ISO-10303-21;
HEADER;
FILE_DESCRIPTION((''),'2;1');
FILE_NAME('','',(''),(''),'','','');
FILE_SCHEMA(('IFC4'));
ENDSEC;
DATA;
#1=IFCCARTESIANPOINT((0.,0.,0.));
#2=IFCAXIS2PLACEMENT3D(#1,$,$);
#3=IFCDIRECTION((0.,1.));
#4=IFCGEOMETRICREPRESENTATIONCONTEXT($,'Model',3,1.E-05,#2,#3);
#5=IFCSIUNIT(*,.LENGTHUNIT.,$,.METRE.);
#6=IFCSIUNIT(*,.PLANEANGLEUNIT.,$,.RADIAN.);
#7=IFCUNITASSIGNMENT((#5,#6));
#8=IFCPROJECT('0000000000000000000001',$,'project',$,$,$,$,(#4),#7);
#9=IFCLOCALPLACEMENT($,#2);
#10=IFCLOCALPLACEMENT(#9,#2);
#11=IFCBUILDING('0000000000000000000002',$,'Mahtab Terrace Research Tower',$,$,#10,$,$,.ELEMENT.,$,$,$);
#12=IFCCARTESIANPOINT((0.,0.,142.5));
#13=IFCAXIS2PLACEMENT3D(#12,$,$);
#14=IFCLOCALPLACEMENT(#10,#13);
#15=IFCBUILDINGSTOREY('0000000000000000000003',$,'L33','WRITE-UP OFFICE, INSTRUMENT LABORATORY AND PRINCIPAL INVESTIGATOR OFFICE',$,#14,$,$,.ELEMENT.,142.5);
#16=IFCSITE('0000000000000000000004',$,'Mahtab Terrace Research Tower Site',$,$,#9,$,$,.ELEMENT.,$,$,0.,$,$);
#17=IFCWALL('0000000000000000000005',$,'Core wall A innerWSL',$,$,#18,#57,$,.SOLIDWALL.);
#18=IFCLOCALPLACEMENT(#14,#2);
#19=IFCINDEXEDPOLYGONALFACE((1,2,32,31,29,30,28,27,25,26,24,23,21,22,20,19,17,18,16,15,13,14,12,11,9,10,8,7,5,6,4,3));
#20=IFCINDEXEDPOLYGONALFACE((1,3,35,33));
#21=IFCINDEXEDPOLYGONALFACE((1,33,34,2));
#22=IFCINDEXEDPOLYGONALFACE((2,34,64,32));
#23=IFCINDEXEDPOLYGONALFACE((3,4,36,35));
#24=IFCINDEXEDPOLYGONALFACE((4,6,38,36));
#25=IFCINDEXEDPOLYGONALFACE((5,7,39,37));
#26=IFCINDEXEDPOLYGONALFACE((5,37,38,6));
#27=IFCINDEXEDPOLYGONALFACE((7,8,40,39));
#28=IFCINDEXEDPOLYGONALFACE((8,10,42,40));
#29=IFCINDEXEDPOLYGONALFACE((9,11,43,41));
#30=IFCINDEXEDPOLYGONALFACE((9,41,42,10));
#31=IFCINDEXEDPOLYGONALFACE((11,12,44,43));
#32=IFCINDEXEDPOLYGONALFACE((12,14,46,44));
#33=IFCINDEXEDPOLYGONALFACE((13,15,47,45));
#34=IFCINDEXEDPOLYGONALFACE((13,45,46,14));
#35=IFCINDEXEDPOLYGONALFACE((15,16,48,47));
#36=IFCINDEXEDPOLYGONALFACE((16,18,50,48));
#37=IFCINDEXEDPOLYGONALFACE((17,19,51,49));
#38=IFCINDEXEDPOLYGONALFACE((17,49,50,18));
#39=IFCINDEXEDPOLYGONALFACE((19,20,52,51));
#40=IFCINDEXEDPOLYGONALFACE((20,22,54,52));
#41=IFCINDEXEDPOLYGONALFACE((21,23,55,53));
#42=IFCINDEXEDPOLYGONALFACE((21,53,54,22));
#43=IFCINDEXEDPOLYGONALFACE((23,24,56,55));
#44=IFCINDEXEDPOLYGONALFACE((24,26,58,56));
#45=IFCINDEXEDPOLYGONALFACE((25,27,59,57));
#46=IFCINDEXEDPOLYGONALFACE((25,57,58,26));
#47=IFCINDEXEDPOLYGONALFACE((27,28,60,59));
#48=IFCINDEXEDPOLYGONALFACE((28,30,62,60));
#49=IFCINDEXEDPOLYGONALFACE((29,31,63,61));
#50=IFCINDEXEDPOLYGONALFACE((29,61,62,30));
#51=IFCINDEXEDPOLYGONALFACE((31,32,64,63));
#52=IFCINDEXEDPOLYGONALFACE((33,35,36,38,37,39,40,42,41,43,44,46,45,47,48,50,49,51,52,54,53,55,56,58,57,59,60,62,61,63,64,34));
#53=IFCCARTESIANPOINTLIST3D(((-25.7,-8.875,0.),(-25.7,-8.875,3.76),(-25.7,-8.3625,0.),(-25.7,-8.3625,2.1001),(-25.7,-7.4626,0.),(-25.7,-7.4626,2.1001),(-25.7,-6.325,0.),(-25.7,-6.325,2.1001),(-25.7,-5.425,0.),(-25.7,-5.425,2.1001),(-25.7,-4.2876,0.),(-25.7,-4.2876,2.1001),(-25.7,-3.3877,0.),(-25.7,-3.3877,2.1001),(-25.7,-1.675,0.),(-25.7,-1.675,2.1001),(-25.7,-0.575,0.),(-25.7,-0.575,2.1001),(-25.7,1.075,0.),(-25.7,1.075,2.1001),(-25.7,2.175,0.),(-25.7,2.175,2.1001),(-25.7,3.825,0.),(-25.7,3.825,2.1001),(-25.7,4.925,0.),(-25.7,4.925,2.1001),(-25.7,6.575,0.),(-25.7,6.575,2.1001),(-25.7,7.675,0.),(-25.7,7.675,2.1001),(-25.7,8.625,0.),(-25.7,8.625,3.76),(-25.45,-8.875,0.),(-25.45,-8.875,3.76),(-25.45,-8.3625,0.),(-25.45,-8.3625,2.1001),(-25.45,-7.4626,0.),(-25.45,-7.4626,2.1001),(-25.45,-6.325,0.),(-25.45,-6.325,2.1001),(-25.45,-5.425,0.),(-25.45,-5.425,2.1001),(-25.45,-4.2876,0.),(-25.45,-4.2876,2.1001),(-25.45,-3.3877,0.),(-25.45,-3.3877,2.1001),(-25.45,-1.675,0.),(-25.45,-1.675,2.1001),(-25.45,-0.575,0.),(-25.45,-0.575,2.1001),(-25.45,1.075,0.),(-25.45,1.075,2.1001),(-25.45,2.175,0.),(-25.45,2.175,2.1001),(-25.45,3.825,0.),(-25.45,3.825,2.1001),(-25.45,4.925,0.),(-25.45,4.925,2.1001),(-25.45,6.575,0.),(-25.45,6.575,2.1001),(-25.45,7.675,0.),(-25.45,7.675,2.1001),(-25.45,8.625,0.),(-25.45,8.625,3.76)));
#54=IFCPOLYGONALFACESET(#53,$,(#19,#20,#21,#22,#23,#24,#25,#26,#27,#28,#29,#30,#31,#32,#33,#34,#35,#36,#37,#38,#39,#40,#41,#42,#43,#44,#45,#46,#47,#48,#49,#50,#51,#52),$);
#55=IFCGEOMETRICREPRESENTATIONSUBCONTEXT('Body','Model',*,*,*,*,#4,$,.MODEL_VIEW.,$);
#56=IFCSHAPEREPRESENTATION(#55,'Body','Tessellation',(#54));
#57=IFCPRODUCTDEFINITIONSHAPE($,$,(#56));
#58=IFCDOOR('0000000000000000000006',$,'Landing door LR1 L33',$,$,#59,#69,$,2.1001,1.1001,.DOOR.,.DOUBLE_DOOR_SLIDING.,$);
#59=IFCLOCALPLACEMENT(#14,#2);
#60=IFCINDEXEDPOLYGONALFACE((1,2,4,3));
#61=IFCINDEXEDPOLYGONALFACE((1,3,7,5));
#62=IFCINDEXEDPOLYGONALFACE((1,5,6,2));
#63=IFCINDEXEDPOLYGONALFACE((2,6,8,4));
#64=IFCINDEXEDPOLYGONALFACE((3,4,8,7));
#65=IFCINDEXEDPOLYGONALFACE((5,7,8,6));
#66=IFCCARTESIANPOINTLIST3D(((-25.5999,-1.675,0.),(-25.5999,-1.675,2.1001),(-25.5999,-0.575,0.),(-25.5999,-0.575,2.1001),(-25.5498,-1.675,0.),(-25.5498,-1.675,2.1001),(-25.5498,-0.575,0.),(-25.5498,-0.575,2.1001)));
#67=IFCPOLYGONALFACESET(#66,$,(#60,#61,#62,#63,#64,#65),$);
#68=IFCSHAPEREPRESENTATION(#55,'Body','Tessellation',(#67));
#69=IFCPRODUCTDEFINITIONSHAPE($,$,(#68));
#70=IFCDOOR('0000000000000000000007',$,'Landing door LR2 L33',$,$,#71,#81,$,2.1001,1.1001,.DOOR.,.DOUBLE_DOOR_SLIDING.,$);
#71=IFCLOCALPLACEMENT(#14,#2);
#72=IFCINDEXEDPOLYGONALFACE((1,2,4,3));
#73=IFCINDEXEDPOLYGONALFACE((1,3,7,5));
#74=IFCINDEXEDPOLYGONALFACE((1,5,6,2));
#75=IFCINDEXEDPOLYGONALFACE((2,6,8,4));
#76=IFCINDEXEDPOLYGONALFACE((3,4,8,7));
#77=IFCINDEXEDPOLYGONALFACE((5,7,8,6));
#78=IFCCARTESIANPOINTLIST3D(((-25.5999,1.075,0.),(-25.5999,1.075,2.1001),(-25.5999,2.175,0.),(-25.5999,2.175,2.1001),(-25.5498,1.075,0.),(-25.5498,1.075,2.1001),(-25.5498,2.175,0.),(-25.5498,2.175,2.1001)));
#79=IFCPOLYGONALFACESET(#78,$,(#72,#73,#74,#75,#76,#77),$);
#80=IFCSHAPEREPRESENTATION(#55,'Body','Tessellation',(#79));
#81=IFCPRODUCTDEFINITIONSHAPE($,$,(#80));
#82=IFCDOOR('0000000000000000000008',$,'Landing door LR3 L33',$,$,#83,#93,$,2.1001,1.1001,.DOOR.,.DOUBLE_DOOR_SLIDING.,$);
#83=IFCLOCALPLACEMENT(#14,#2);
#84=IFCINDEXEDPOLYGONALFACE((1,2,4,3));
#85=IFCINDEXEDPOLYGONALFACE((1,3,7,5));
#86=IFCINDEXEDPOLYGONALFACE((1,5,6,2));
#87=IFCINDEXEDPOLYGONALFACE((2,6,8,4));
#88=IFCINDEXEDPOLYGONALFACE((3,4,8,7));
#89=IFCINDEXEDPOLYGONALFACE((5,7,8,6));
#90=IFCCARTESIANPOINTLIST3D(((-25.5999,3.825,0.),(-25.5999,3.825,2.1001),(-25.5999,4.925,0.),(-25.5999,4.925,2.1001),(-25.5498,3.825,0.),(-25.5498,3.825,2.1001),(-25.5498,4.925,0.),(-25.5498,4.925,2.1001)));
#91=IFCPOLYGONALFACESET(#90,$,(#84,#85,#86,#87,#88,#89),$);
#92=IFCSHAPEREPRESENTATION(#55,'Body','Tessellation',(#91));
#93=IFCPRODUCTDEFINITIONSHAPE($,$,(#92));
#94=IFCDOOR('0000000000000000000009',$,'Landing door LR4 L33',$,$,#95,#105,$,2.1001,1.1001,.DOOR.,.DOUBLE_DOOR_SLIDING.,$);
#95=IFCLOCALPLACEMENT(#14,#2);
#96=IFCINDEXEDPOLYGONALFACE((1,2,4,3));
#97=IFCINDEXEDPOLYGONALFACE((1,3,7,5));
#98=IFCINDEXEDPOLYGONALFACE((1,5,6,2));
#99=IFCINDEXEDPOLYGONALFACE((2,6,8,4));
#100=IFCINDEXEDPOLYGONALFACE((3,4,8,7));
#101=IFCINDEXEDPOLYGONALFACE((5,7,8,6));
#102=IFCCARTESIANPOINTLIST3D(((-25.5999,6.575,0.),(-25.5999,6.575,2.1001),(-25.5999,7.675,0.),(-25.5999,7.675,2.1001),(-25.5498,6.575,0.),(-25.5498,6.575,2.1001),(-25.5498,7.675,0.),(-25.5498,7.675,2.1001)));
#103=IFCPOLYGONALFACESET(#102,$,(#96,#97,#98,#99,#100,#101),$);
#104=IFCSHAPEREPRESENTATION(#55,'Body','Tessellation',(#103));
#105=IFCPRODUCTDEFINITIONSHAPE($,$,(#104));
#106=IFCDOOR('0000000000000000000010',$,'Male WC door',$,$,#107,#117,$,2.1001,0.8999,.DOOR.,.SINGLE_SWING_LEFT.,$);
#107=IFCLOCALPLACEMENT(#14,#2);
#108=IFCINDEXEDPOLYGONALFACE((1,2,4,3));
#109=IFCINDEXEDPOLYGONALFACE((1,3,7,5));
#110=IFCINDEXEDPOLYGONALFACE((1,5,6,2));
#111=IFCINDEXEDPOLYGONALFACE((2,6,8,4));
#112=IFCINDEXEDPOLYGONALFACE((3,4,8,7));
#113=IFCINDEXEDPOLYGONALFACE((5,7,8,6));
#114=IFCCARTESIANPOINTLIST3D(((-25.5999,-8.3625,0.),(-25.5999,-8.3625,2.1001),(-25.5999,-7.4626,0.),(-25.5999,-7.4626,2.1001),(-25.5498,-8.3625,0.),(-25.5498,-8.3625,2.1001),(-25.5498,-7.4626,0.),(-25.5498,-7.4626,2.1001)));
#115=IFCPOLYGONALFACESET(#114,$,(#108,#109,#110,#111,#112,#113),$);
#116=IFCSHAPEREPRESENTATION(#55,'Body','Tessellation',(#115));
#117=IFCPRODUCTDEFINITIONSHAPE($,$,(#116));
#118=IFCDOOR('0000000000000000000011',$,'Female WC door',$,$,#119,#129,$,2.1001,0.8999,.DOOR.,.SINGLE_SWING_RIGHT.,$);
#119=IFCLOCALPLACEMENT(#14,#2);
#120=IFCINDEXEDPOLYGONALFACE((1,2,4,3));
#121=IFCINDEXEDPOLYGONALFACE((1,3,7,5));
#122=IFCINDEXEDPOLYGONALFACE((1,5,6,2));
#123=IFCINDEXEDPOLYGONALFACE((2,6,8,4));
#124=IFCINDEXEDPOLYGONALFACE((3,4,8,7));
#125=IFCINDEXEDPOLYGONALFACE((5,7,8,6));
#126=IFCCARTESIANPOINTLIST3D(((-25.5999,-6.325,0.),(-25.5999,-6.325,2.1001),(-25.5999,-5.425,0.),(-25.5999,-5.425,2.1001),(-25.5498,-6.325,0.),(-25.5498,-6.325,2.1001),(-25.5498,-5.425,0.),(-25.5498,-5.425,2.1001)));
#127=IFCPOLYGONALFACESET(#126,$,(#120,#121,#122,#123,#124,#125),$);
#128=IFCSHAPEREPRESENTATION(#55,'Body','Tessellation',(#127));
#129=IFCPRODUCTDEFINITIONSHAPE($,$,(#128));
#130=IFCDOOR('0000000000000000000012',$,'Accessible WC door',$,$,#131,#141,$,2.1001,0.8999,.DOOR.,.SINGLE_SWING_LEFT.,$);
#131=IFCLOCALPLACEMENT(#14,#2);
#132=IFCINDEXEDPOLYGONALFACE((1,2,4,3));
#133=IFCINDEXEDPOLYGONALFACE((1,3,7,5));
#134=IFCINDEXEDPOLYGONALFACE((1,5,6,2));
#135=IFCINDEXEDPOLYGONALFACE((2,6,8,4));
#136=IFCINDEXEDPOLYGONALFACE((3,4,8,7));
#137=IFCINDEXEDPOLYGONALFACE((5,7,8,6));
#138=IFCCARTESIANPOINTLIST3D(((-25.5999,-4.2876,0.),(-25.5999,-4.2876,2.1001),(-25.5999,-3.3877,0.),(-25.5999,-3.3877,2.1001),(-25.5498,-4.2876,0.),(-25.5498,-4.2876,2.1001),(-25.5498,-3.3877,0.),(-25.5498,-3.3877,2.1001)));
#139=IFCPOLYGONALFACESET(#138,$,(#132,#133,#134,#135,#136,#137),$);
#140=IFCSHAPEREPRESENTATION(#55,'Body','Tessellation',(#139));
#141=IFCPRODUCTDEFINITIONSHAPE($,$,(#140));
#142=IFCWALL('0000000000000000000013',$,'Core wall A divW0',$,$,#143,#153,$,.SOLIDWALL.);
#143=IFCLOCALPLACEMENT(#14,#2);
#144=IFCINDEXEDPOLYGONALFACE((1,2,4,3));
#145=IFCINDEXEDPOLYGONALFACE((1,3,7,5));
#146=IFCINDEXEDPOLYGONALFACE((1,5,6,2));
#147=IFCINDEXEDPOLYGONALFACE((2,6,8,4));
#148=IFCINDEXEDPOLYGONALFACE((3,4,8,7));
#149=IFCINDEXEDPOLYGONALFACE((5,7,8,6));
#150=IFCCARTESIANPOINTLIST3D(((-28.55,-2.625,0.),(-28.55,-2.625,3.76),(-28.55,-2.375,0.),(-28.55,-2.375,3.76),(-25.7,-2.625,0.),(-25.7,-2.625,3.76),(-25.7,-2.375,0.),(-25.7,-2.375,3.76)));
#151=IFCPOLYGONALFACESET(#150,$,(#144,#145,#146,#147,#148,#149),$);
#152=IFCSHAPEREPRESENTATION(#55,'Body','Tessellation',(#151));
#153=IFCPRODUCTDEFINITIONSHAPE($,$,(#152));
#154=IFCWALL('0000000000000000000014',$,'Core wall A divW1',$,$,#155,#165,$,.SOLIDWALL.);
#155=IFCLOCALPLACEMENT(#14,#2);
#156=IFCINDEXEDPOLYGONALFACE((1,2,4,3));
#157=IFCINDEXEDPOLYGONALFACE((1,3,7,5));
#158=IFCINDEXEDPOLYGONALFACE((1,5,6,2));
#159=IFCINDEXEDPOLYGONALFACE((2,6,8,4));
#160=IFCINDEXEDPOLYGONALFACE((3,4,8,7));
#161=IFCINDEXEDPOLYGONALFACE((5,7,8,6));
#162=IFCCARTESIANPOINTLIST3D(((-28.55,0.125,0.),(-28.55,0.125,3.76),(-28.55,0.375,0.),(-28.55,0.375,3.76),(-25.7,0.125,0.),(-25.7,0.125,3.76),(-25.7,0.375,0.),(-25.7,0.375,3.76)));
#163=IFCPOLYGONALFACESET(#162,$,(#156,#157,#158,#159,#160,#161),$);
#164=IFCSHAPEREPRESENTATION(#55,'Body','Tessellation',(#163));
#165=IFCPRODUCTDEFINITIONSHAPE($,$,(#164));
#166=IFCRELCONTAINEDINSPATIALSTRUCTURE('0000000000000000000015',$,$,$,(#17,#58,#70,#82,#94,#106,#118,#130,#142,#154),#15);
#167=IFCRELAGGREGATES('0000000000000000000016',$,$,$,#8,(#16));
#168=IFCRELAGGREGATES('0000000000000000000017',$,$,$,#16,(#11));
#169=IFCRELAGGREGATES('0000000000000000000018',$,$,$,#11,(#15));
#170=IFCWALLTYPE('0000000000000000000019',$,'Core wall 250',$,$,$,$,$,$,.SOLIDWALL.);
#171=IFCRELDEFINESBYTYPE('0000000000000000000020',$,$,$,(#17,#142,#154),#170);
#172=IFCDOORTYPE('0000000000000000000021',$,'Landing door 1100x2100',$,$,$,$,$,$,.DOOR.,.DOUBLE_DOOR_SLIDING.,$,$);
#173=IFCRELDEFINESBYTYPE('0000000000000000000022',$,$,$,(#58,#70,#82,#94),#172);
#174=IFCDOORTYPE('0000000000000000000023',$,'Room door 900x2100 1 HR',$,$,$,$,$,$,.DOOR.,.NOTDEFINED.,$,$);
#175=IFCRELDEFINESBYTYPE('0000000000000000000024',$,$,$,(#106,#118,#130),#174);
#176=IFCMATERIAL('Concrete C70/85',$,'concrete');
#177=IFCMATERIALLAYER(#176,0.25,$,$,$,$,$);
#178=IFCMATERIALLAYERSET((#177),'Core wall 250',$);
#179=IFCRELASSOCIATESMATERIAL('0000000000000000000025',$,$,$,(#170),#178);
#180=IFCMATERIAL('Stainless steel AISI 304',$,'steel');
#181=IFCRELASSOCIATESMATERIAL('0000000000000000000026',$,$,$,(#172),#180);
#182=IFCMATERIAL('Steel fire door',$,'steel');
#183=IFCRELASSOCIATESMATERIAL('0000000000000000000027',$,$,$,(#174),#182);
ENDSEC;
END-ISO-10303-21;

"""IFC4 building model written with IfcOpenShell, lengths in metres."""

from ifc_helpers import new_model, si_unit, direction, frame, frame_2d, origin, place, context, subcontext, project, spatial, rectangle, extrude, material, layer, layer_set, type_object, element, fill, save


model = new_model("IFC4")

# Units and contexts
model_context = context("Model", 3, precision=1e-05, world=origin(), true_north=direction((0.0, 1.0)))
body_context = subcontext(model_context, "Body", "Model", "MODEL_VIEW")
ifc_project = project(units=[si_unit("LENGTHUNIT", "METRE"), si_unit("PLANEANGLEUNIT", "RADIAN")], contexts=[model_context])

# Site, building, storey
site_placement = place(None, origin())
site = spatial("IfcSite", under=ifc_project, at=site_placement, Name="Mahtab Terrace Research Tower Site", CompositionType="ELEMENT", RefElevation=0.0)
building_placement = place(site_placement, origin())
building = spatial("IfcBuilding", under=site, at=building_placement, Name="Mahtab Terrace Research Tower", CompositionType="ELEMENT")
storey_placement = place(building_placement, frame((0.0, 0.0, 142.5)))
storey = spatial("IfcBuildingStorey", under=building, at=storey_placement, Name="L33", Description="WRITE-UP OFFICE, INSTRUMENT LABORATORY AND PRINCIPAL INVESTIGATOR OFFICE", CompositionType="ELEMENT", Elevation=142.5)

# Shared definitions
ifc_material_1 = material(Name="Concrete C70/85", Category="concrete")

# Shared definitions
ifc_layer_1 = layer(ifc_material_1, 0.25)
ifc_layer_set_1 = layer_set([ifc_layer_1], Name="Core wall 250")
wall_type_1 = type_object("IfcWallType", Name="Core wall 250", PredefinedType="SOLIDWALL", material=ifc_layer_set_1)

# Shared definitions
ifc_material_2 = material(Name="Steel fire door", Category="steel")

# Wall, openings, doors
wall_1_placement = place(storey_placement, frame((-25.575, -8.875, 0.0), z_axis=(0.0, 0.0, 1.0), x_axis=(0.0, 1.0, 0.0)))
wall_1 = element("IfcWall", 1, at=wall_1_placement, inside=storey, type_object=wall_type_1, Name="Core wall A innerWSL", PredefinedType="SOLIDWALL", context=body_context, shape_type="SweptSolid", body=[
    extrude(rectangle(XDim=17.5, YDim=0.25, at=frame_2d((8.75, 0.0))), origin(), (0.0, 0.0, 1.0), 3.76),
])
opening_1_placement = place(wall_1_placement, frame((7.2, 0.0, 0.0)))
opening_1 = element("IfcOpeningElement", 2, at=opening_1_placement, cuts=wall_1, PredefinedType="OPENING", context=body_context, shape_type="SweptSolid", body=[
    extrude(rectangle(XDim=1.1001, YDim=2.1001, at=frame_2d((0.55, 1.05))), frame((0.0, 0.135, 0.0), z_axis=(0.0, -1.0, 0.0), x_axis=(1.0, 0.0, 0.0)), (0.0, 0.0, 1.0), 0.27),
])
opening_2_placement = place(wall_1_placement, frame((9.95, 0.0, 0.0)))
opening_2 = element("IfcOpeningElement", 3, at=opening_2_placement, cuts=wall_1, PredefinedType="OPENING", context=body_context, shape_type="SweptSolid", body=[
    extrude(rectangle(XDim=1.1001, YDim=2.1001, at=frame_2d((0.55, 1.05))), frame((0.0, 0.135, 0.0), z_axis=(0.0, -1.0, 0.0), x_axis=(1.0, 0.0, 0.0)), (0.0, 0.0, 1.0), 0.27),
])
opening_3_placement = place(wall_1_placement, frame((12.7, 0.0, 0.0)))
opening_3 = element("IfcOpeningElement", 4, at=opening_3_placement, cuts=wall_1, PredefinedType="OPENING", context=body_context, shape_type="SweptSolid", body=[
    extrude(rectangle(XDim=1.1001, YDim=2.1001, at=frame_2d((0.55, 1.05))), frame((0.0, 0.135, 0.0), z_axis=(0.0, -1.0, 0.0), x_axis=(1.0, 0.0, 0.0)), (0.0, 0.0, 1.0), 0.27),
])
opening_4_placement = place(wall_1_placement, frame((15.45, 0.0, 0.0)))
opening_4 = element("IfcOpeningElement", 5, at=opening_4_placement, cuts=wall_1, PredefinedType="OPENING", context=body_context, shape_type="SweptSolid", body=[
    extrude(rectangle(XDim=1.1001, YDim=2.1001, at=frame_2d((0.55, 1.05))), frame((0.0, 0.135, 0.0), z_axis=(0.0, -1.0, 0.0), x_axis=(1.0, 0.0, 0.0)), (0.0, 0.0, 1.0), 0.27),
])
opening_5_placement = place(wall_1_placement, frame((0.5125, 0.0, 0.0)))
opening_5 = element("IfcOpeningElement", 6, at=opening_5_placement, cuts=wall_1, PredefinedType="OPENING", context=body_context, shape_type="SweptSolid", body=[
    extrude(rectangle(XDim=0.8999, YDim=2.1001, at=frame_2d((0.45, 1.05))), frame((0.0, 0.135, 0.0), z_axis=(0.0, -1.0, 0.0), x_axis=(1.0, 0.0, 0.0)), (0.0, 0.0, 1.0), 0.27),
])
opening_6_placement = place(wall_1_placement, frame((2.55, 0.0, 0.0)))
opening_6 = element("IfcOpeningElement", 7, at=opening_6_placement, cuts=wall_1, PredefinedType="OPENING", context=body_context, shape_type="SweptSolid", body=[
    extrude(rectangle(XDim=0.8999, YDim=2.1001, at=frame_2d((0.45, 1.05))), frame((0.0, 0.135, 0.0), z_axis=(0.0, -1.0, 0.0), x_axis=(1.0, 0.0, 0.0)), (0.0, 0.0, 1.0), 0.27),
])
opening_7_placement = place(wall_1_placement, frame((4.5874, 0.0, 0.0)))
opening_7 = element("IfcOpeningElement", 8, at=opening_7_placement, cuts=wall_1, PredefinedType="OPENING", context=body_context, shape_type="SweptSolid", body=[
    extrude(rectangle(XDim=0.8999, YDim=2.1001, at=frame_2d((0.45, 1.05))), frame((0.0, 0.135, 0.0), z_axis=(0.0, -1.0, 0.0), x_axis=(1.0, 0.0, 0.0)), (0.0, 0.0, 1.0), 0.27),
])
ifc_material_3 = material(Name="Stainless steel AISI 304", Category="steel")
door_type_1 = type_object("IfcDoorType", Name="Landing door 1100x2100", OperationType="DOUBLE_DOOR_SLIDING", PredefinedType="DOOR", material=ifc_material_3)
door_1_placement = place(opening_1_placement, origin())
door_1 = element("IfcDoor", 9, at=door_1_placement, inside=storey, type_object=door_type_1, Name="Landing door LR1 L33", OperationType="DOUBLE_DOOR_SLIDING", OverallHeight=2.1001, OverallWidth=1.1001, PredefinedType="DOOR", context=body_context, shape_type="SweptSolid", body=[
    extrude(rectangle(XDim=1.1001, YDim=2.1001, at=frame_2d((0.55, 1.05))), frame((0.0, 0.0249, 0.0), z_axis=(0.0, -1.0, 0.0), x_axis=(1.0, 0.0, 0.0)), (0.0, 0.0, 1.0), 0.05),
])
fill(opening_1, door_1)
door_2_placement = place(opening_2_placement, origin())
door_2 = element("IfcDoor", 10, at=door_2_placement, inside=storey, type_object=door_type_1, Name="Landing door LR2 L33", OperationType="DOUBLE_DOOR_SLIDING", OverallHeight=2.1001, OverallWidth=1.1001, PredefinedType="DOOR", context=body_context, shape_type="SweptSolid", body=[
    extrude(rectangle(XDim=1.1001, YDim=2.1001, at=frame_2d((0.55, 1.05))), frame((0.0, 0.0249, 0.0), z_axis=(0.0, -1.0, 0.0), x_axis=(1.0, 0.0, 0.0)), (0.0, 0.0, 1.0), 0.05),
])
fill(opening_2, door_2)
door_3_placement = place(opening_3_placement, origin())
door_3 = element("IfcDoor", 11, at=door_3_placement, inside=storey, type_object=door_type_1, Name="Landing door LR3 L33", OperationType="DOUBLE_DOOR_SLIDING", OverallHeight=2.1001, OverallWidth=1.1001, PredefinedType="DOOR", context=body_context, shape_type="SweptSolid", body=[
    extrude(rectangle(XDim=1.1001, YDim=2.1001, at=frame_2d((0.55, 1.05))), frame((0.0, 0.0249, 0.0), z_axis=(0.0, -1.0, 0.0), x_axis=(1.0, 0.0, 0.0)), (0.0, 0.0, 1.0), 0.05),
])
fill(opening_3, door_3)
door_4_placement = place(opening_4_placement, origin())
door_4 = element("IfcDoor", 12, at=door_4_placement, inside=storey, type_object=door_type_1, Name="Landing door LR4 L33", OperationType="DOUBLE_DOOR_SLIDING", OverallHeight=2.1001, OverallWidth=1.1001, PredefinedType="DOOR", context=body_context, shape_type="SweptSolid", body=[
    extrude(rectangle(XDim=1.1001, YDim=2.1001, at=frame_2d((0.55, 1.05))), frame((0.0, 0.0249, 0.0), z_axis=(0.0, -1.0, 0.0), x_axis=(1.0, 0.0, 0.0)), (0.0, 0.0, 1.0), 0.05),
])
fill(opening_4, door_4)
door_type_2 = type_object("IfcDoorType", Name="Room door 900x2100 1 HR", OperationType="NOTDEFINED", PredefinedType="DOOR", material=ifc_material_2)
door_5_placement = place(opening_5_placement, origin())
door_5 = element("IfcDoor", 13, at=door_5_placement, inside=storey, type_object=door_type_2, Name="Male WC door", OperationType="SINGLE_SWING_LEFT", OverallHeight=2.1001, OverallWidth=0.8999, PredefinedType="DOOR", context=body_context, shape_type="SweptSolid", body=[
    extrude(rectangle(XDim=0.8999, YDim=2.1001, at=frame_2d((0.45, 1.05))), frame((0.0, 0.0249, 0.0), z_axis=(0.0, -1.0, 0.0), x_axis=(1.0, 0.0, 0.0)), (0.0, 0.0, 1.0), 0.05),
])
fill(opening_5, door_5)
door_6_placement = place(opening_6_placement, origin())
door_6 = element("IfcDoor", 14, at=door_6_placement, inside=storey, type_object=door_type_2, Name="Female WC door", OperationType="SINGLE_SWING_RIGHT", OverallHeight=2.1001, OverallWidth=0.8999, PredefinedType="DOOR", context=body_context, shape_type="SweptSolid", body=[
    extrude(rectangle(XDim=0.8999, YDim=2.1001, at=frame_2d((0.45, 1.05))), frame((0.0, 0.0249, 0.0), z_axis=(0.0, -1.0, 0.0), x_axis=(1.0, 0.0, 0.0)), (0.0, 0.0, 1.0), 0.05),
])
fill(opening_6, door_6)
door_7_placement = place(opening_7_placement, origin())
door_7 = element("IfcDoor", 15, at=door_7_placement, inside=storey, type_object=door_type_2, Name="Accessible WC door", OperationType="SINGLE_SWING_LEFT", OverallHeight=2.1001, OverallWidth=0.8999, PredefinedType="DOOR", context=body_context, shape_type="SweptSolid", body=[
    extrude(rectangle(XDim=0.8999, YDim=2.1001, at=frame_2d((0.45, 1.05))), frame((0.0, 0.0249, 0.0), z_axis=(0.0, -1.0, 0.0), x_axis=(1.0, 0.0, 0.0)), (0.0, 0.0, 1.0), 0.05),
])
fill(opening_7, door_7)

# Walls
for number, where, z_axis, x_axis, name in (
    (16, (-28.55, -2.5, 0.0), (0.0, 0.0, 1.0), (1.0, 0.0, 0.0), "Core wall A divW0"),
    (17, (-28.55, 0.25, 0.0), (0.0, 0.0, 1.0), (1.0, 0.0, 0.0), "Core wall A divW1"),
):
    element("IfcWall", number, at=place(storey_placement, frame(where, z_axis=z_axis, x_axis=x_axis)), inside=storey, type_object=wall_type_1, Name=name, PredefinedType="SOLIDWALL", context=body_context, shape_type="SweptSolid", body=[
        extrude(rectangle(XDim=2.8501, YDim=0.25, at=frame_2d((1.425, 0.0))), origin(), (0.0, 0.0, 1.0), 3.76),
    ])

save(model, "model.ifc")
